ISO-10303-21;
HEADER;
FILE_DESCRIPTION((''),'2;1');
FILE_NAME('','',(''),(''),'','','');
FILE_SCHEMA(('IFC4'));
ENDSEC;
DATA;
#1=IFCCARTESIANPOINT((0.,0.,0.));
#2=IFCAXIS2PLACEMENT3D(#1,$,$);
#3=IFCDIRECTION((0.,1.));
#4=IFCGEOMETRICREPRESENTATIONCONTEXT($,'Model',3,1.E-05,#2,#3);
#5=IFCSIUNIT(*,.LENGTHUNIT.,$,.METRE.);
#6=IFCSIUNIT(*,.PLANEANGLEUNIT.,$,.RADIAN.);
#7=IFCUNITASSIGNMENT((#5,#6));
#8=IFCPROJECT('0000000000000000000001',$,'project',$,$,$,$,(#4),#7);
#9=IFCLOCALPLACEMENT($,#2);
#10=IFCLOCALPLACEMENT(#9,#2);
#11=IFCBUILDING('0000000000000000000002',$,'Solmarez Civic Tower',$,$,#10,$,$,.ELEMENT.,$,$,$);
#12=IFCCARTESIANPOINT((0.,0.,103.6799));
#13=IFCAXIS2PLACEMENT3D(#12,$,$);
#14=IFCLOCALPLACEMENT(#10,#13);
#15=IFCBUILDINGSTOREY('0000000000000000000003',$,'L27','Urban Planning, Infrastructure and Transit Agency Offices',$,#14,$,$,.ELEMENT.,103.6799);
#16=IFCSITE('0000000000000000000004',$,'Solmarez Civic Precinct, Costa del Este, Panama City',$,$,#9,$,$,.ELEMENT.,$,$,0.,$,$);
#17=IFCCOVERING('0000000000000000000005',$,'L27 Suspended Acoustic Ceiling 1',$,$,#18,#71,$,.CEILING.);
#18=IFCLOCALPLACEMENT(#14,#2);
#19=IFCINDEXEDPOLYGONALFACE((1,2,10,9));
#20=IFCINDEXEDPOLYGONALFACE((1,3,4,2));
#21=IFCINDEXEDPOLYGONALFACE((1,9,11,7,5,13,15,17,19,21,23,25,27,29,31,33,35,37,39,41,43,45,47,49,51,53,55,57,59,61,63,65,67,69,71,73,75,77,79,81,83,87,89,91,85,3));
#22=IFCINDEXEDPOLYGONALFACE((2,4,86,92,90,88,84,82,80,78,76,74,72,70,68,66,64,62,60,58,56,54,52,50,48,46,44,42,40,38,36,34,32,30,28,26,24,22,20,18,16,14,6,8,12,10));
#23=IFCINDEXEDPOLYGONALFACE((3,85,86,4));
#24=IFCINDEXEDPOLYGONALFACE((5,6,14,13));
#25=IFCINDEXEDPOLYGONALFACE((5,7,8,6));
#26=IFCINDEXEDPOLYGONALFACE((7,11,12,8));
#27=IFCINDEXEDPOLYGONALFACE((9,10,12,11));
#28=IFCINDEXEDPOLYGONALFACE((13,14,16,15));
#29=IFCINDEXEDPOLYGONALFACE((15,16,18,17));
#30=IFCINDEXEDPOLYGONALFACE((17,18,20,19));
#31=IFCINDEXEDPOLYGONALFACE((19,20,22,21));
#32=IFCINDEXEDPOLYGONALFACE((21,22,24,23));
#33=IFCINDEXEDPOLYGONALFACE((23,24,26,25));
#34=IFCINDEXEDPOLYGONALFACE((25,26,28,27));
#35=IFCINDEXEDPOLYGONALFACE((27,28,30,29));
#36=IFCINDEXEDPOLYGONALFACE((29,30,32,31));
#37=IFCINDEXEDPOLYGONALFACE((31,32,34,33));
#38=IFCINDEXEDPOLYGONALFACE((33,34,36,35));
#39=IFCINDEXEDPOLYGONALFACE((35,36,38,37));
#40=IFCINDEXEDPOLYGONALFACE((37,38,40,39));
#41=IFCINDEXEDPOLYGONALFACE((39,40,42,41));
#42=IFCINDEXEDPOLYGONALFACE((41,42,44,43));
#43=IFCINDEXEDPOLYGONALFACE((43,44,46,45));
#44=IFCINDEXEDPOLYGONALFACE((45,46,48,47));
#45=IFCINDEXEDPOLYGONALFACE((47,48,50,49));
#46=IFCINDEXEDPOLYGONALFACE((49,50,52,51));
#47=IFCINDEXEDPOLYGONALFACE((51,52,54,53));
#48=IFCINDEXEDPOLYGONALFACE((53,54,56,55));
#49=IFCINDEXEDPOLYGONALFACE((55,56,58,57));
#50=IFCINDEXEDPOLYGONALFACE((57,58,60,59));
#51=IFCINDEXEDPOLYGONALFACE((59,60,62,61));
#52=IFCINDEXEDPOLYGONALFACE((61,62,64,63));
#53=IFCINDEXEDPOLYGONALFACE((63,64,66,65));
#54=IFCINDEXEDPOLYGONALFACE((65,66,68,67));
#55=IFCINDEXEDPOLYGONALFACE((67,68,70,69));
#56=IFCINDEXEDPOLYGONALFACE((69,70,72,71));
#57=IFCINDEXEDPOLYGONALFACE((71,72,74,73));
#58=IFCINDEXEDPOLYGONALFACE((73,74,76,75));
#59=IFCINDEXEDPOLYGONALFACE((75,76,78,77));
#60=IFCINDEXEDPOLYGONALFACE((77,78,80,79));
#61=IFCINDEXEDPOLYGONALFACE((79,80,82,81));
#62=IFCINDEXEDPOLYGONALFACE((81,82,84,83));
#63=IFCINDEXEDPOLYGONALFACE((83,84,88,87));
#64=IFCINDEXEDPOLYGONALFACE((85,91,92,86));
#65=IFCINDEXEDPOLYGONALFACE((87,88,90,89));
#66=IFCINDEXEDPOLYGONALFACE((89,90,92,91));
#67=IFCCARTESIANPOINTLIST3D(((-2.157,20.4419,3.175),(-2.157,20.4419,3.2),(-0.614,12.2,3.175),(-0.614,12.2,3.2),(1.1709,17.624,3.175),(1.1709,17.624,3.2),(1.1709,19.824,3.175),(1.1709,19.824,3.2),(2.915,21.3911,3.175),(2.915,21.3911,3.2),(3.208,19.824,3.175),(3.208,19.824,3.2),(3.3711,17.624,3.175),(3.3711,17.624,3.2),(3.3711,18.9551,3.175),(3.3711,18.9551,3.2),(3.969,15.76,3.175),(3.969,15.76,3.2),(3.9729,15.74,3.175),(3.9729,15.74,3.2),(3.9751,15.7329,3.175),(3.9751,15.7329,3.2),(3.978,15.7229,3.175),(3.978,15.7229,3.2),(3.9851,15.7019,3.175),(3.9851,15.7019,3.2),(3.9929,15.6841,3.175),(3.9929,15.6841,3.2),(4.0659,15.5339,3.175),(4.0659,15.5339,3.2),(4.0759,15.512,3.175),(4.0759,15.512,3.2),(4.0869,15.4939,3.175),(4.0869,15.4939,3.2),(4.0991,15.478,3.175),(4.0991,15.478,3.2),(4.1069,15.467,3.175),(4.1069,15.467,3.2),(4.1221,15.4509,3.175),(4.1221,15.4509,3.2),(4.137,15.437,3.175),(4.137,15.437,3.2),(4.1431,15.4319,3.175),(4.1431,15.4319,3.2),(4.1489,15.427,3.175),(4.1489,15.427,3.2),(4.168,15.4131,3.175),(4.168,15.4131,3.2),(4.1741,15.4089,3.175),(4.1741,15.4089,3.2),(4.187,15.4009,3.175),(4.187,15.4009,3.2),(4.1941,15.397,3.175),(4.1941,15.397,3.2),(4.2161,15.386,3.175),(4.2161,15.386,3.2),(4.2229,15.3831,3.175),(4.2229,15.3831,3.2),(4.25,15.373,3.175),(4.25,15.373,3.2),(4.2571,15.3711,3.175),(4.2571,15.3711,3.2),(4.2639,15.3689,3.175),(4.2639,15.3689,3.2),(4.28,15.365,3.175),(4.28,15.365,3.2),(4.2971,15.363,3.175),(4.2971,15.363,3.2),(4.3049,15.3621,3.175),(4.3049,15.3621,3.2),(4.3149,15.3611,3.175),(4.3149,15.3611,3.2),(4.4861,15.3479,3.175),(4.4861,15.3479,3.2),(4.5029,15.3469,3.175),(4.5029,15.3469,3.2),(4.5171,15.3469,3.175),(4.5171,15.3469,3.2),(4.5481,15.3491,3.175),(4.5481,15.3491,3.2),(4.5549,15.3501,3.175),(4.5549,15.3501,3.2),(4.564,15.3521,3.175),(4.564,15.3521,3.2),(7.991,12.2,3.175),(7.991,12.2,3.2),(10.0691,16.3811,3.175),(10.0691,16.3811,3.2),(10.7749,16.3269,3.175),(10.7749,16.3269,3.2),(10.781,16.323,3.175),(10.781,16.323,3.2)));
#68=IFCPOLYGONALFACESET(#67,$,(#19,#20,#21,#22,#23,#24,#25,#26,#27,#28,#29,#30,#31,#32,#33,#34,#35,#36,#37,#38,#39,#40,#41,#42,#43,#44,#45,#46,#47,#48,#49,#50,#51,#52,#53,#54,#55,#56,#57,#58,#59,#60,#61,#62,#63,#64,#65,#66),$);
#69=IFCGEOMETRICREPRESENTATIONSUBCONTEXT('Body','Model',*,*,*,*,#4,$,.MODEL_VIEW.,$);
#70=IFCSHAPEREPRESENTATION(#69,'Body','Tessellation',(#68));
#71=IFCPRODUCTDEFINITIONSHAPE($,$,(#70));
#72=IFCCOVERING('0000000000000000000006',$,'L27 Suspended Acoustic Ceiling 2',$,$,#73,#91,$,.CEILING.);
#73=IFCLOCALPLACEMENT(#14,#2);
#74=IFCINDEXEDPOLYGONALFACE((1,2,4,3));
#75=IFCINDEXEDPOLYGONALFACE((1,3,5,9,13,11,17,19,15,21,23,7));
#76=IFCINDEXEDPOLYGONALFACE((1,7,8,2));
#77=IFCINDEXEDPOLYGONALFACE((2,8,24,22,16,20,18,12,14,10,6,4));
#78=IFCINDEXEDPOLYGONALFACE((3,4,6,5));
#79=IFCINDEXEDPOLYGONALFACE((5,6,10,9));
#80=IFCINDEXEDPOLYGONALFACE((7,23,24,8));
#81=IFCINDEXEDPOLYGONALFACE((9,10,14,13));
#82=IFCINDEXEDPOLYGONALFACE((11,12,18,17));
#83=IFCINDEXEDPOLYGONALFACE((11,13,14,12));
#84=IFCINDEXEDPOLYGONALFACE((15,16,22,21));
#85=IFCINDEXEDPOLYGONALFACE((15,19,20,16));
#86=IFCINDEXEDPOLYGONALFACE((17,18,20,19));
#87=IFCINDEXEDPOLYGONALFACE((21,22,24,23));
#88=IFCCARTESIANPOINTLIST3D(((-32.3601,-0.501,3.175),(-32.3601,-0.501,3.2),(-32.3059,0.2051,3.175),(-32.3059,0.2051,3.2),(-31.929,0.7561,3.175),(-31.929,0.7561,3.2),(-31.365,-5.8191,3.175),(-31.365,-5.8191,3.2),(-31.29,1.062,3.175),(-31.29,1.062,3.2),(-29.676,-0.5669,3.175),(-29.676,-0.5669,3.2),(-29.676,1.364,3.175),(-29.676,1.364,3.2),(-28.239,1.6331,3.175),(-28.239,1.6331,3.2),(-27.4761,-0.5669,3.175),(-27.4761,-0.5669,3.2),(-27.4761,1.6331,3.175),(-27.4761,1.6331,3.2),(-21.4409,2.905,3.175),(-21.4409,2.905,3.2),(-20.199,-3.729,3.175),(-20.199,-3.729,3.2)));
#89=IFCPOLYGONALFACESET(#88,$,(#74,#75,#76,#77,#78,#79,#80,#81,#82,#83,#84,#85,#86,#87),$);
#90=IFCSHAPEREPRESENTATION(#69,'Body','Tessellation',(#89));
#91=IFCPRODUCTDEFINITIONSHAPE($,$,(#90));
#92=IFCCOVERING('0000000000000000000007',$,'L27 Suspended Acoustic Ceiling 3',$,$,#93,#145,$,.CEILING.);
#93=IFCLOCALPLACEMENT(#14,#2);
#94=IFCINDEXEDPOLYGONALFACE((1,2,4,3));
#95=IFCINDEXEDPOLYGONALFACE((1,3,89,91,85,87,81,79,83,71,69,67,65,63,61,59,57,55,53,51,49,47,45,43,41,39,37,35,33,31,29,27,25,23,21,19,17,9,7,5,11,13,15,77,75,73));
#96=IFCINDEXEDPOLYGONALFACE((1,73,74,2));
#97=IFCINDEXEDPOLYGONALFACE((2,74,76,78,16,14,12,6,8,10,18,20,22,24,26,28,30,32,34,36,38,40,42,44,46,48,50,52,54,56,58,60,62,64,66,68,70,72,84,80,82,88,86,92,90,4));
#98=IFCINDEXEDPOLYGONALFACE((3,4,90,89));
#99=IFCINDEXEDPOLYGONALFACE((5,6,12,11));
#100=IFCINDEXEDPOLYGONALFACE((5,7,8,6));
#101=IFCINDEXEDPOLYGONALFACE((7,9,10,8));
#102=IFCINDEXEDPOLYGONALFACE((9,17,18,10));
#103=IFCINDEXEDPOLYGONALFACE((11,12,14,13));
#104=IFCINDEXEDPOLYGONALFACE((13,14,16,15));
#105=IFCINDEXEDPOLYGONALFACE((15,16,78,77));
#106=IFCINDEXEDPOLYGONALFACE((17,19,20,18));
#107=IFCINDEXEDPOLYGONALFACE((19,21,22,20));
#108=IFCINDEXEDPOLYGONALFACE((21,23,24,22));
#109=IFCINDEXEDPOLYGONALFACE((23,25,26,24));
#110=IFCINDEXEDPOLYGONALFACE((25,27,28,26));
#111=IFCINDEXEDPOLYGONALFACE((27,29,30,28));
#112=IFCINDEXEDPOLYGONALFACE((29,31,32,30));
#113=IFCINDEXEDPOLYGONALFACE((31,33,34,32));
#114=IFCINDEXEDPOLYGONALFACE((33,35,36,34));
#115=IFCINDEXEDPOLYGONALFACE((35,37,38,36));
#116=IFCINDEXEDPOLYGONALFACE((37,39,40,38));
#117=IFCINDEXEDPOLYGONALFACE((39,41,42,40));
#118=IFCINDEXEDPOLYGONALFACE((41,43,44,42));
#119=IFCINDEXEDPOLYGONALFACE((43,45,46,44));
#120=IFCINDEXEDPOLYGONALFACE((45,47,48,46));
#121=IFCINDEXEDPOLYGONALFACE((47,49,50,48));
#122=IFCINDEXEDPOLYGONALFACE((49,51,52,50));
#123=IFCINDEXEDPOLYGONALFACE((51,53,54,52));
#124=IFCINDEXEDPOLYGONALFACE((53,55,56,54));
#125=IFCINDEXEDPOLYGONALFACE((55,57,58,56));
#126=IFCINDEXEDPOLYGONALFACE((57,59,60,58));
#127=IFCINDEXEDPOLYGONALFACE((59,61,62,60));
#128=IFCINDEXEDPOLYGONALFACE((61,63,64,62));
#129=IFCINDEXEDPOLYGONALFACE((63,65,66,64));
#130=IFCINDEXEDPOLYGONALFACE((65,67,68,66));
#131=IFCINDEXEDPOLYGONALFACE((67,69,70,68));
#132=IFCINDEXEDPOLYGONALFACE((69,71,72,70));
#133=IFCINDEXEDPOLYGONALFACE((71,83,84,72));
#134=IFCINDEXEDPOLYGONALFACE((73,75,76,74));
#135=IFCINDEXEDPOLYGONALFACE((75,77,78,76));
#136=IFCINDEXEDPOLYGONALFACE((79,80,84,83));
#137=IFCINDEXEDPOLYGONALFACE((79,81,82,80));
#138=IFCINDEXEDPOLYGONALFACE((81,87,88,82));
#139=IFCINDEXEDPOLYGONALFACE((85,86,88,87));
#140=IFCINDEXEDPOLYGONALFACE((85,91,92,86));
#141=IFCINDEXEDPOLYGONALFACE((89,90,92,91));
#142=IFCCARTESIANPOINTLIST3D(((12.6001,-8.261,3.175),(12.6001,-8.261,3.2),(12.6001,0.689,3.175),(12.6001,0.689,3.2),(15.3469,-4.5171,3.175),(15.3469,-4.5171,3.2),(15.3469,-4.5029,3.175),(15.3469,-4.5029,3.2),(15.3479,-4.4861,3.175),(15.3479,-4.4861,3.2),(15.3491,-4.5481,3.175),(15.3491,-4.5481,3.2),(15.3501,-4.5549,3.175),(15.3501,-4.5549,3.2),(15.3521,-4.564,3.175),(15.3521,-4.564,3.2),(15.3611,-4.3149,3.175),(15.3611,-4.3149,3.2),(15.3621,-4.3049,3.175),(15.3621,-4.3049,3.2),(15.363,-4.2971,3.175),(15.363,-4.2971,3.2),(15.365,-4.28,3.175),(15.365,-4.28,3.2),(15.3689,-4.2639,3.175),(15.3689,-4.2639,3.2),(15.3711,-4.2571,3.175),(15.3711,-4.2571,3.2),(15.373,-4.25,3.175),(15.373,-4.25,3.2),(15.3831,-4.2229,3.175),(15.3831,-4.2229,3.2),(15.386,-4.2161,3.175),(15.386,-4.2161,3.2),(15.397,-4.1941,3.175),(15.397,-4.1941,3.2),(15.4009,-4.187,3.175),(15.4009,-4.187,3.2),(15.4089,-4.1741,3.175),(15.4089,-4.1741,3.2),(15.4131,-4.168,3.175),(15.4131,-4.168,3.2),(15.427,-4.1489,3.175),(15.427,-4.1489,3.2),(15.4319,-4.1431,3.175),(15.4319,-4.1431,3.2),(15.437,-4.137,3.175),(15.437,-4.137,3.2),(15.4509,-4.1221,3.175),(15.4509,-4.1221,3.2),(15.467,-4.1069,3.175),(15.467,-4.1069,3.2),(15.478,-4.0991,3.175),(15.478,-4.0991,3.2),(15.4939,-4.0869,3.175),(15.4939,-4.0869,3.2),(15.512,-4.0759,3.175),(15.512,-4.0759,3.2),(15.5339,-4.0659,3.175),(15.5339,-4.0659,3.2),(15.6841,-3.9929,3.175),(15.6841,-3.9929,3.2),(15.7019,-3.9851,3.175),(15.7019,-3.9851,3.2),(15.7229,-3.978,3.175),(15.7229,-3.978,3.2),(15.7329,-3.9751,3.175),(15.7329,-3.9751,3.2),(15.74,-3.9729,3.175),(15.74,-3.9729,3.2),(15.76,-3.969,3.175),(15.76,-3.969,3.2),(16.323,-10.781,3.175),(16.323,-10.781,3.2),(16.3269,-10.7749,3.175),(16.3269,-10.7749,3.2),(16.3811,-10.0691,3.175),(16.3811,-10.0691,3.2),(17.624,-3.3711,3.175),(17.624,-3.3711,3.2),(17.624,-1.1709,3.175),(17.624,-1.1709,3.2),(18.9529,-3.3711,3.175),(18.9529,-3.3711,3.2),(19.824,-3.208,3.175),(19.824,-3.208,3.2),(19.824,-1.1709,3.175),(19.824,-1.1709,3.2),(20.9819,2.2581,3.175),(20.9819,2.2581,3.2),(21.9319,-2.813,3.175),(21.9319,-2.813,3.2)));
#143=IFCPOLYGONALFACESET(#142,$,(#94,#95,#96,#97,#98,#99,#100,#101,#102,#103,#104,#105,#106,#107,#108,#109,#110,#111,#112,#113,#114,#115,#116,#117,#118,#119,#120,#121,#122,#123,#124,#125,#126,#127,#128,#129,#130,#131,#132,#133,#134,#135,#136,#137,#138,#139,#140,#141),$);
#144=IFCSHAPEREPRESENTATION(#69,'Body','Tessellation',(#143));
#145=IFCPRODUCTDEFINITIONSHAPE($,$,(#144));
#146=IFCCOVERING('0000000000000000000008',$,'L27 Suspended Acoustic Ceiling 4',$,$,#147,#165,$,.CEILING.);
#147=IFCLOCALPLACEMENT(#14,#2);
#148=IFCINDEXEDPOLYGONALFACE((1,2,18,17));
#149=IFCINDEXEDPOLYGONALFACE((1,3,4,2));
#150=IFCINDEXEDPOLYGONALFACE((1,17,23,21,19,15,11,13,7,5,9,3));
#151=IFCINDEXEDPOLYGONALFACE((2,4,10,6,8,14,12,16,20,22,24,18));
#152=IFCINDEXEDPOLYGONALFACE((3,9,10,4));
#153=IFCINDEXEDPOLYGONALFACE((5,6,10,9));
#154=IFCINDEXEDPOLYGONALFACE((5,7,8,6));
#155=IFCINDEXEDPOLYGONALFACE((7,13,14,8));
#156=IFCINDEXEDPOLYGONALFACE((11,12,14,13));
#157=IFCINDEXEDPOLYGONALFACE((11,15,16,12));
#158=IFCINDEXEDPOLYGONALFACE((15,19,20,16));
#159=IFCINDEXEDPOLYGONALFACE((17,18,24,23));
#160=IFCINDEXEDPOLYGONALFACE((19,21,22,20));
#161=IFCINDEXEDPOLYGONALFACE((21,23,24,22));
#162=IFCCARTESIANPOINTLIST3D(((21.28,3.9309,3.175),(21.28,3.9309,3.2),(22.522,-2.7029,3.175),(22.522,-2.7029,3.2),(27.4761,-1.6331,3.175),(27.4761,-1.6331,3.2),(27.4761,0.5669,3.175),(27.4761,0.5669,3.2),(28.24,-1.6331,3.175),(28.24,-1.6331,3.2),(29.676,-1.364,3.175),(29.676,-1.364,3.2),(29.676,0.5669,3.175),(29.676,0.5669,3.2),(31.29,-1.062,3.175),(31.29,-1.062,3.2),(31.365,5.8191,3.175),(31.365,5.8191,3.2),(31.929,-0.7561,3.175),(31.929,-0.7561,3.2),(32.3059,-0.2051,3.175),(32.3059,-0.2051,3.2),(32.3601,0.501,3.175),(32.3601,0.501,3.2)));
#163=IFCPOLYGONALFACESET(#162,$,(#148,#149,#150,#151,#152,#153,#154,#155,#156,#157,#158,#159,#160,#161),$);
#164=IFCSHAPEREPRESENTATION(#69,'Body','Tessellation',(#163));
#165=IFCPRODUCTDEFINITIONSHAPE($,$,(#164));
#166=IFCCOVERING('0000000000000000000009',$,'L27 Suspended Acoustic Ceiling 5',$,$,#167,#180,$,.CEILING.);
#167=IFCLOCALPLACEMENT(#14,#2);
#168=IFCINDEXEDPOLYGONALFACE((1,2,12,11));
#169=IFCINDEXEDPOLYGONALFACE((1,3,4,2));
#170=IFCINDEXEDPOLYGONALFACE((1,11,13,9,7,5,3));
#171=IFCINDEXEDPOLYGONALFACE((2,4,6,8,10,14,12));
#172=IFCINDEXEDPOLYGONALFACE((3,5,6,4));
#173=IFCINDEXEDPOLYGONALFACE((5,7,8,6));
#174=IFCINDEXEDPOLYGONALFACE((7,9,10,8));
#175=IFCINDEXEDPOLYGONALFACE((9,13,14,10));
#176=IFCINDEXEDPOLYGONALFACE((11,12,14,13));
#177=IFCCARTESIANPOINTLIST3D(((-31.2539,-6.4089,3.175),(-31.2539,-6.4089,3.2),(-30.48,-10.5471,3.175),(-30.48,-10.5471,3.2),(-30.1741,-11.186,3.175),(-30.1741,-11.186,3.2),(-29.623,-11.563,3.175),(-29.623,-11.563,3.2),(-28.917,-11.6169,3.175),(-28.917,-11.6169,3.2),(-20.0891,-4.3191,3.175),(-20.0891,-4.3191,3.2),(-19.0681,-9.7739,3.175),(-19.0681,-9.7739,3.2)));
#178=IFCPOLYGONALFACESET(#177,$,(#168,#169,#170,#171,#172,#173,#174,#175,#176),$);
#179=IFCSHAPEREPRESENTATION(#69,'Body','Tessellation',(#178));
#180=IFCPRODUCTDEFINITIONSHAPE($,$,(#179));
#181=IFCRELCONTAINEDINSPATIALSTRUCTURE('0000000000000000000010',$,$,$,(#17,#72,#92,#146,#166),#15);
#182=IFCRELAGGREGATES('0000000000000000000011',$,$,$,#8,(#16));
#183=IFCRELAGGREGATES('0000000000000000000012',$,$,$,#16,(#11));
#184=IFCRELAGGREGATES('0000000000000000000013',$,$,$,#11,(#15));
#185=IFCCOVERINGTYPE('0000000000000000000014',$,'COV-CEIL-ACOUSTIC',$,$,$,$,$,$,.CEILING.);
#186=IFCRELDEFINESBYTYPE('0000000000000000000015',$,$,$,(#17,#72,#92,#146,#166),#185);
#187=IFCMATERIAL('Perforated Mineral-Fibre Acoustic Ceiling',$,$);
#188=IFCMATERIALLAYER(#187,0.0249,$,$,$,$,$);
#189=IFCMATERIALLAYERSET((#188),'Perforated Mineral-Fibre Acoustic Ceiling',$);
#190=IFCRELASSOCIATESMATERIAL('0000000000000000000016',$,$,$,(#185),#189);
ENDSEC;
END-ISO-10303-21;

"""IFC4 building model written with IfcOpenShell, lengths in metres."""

from ifc_helpers import new_model, si_unit, direction, frame, origin, place, context, subcontext, project, spatial, polyline, outline, extrude, material, layer, layer_set, type_object, element, save


model = new_model("IFC4")

# Units and contexts
model_context = context("Model", 3, precision=1e-05, world=origin(), true_north=direction((0.0, 1.0)))
body_context = subcontext(model_context, "Body", "Model", "MODEL_VIEW")
ifc_project = project(units=[si_unit("LENGTHUNIT", "METRE"), si_unit("PLANEANGLEUNIT", "RADIAN")], contexts=[model_context])

# Site, building, storey
site_placement = place(None, origin())
site = spatial("IfcSite", under=ifc_project, at=site_placement, Name="Solmarez Civic Precinct, Costa del Este, Panama City", CompositionType="ELEMENT", RefElevation=0.0)
building_placement = place(site_placement, origin())
building = spatial("IfcBuilding", under=site, at=building_placement, Name="Solmarez Civic Tower", CompositionType="ELEMENT")
storey_placement = place(building_placement, frame((0.0, 0.0, 103.6799)))
storey = spatial("IfcBuildingStorey", under=building, at=storey_placement, Name="L27", Description="Urban Planning, Infrastructure and Transit Agency Offices", CompositionType="ELEMENT", Elevation=103.6799)

# Coverings
ifc_material_1 = material(Name="Perforated Mineral-Fibre Acoustic Ceiling")
ifc_layer_1 = layer(ifc_material_1, 0.0249)
ifc_layer_set_1 = layer_set([ifc_layer_1], Name="Perforated Mineral-Fibre Acoustic Ceiling")
covering_type_1 = type_object("IfcCoveringType", Name="COV-CEIL-ACOUSTIC", PredefinedType="CEILING", material=ifc_layer_set_1)
covering_1_placement = place(storey_placement, frame((0.0, 0.0, 3.175)))
element("IfcCovering", 1, at=covering_1_placement, inside=storey, type_object=covering_type_1, Name="L27 Suspended Acoustic Ceiling 1", PredefinedType="CEILING", context=body_context, shape_type="SweptSolid", body=[
    extrude(outline(polyline([(-0.614, 12.2), (7.991, 12.2), (10.781, 16.323), (10.7749, 16.3269), (10.0691, 16.3811), (4.564, 15.3521), (4.5549, 15.3501), (4.5481, 15.3491), (4.5171, 15.3469), (4.5029, 15.3469), (4.4861, 15.3479), (4.3149, 15.3611), (4.3049, 15.3621), (4.2971, 15.363), (4.28, 15.365), (4.2639, 15.3689), (4.2571, 15.3711), (4.25, 15.373), (4.2229, 15.3831), (4.2161, 15.386), (4.1941, 15.397), (4.187, 15.4009), (4.1741, 15.4089), (4.168, 15.4131), (4.1489, 15.427), (4.1431, 15.4319), (4.137, 15.437), (4.1221, 15.4509), (4.1069, 15.467), (4.0991, 15.478), (4.0869, 15.4939), (4.0759, 15.512), (4.0659, 15.5339), (3.9929, 15.6841), (3.9851, 15.7019), (3.978, 15.7229), (3.9751, 15.7329), (3.9729, 15.74), (3.969, 15.76), (3.3711, 18.9551), (3.3711, 17.624), (1.1709, 17.624), (1.1709, 19.824), (3.208, 19.824), (2.915, 21.3911), (-2.157, 20.4419), (-0.614, 12.2)])), origin(), (0.0, 0.0, 1.0), 0.0249),
])
covering_2_placement = place(storey_placement, frame((0.0, 0.0, 3.175)))
element("IfcCovering", 2, at=covering_2_placement, inside=storey, type_object=covering_type_1, Name="L27 Suspended Acoustic Ceiling 2", PredefinedType="CEILING", context=body_context, shape_type="SweptSolid", body=[
    extrude(outline(polyline([(-21.4409, 2.905), (-28.239, 1.6331), (-27.4761, 1.6331), (-27.4761, -0.5669), (-29.676, -0.5669), (-29.676, 1.364), (-31.29, 1.062), (-31.929, 0.7561), (-32.3059, 0.2051), (-32.3601, -0.501), (-31.365, -5.8191), (-20.199, -3.729), (-21.4409, 2.905)])), origin(), (0.0, 0.0, 1.0), 0.0249),
])
covering_3_placement = place(storey_placement, frame((0.0, 0.0, 3.175)))
element("IfcCovering", 3, at=covering_3_placement, inside=storey, type_object=covering_type_1, Name="L27 Suspended Acoustic Ceiling 3", PredefinedType="CEILING", context=body_context, shape_type="SweptSolid", body=[
    extrude(outline(polyline([(12.6001, 0.689), (12.6001, -8.261), (16.323, -10.781), (16.3269, -10.7749), (16.3811, -10.0691), (15.3521, -4.564), (15.3501, -4.5549), (15.3491, -4.5481), (15.3469, -4.5171), (15.3469, -4.5029), (15.3479, -4.4861), (15.3611, -4.3149), (15.3621, -4.3049), (15.363, -4.2971), (15.365, -4.28), (15.3689, -4.2639), (15.3711, -4.2571), (15.373, -4.25), (15.3831, -4.2229), (15.386, -4.2161), (15.397, -4.1941), (15.4009, -4.187), (15.4089, -4.1741), (15.4131, -4.168), (15.427, -4.1489), (15.4319, -4.1431), (15.437, -4.137), (15.4509, -4.1221), (15.467, -4.1069), (15.478, -4.0991), (15.4939, -4.0869), (15.512, -4.0759), (15.5339, -4.0659), (15.6841, -3.9929), (15.7019, -3.9851), (15.7229, -3.978), (15.7329, -3.9751), (15.74, -3.9729), (15.76, -3.969), (18.9529, -3.3711), (17.624, -3.3711), (17.624, -1.1709), (19.824, -1.1709), (19.824, -3.208), (21.9319, -2.813), (20.9819, 2.2581), (12.6001, 0.689)])), origin(), (0.0, 0.0, 1.0), 0.0249),
])
covering_4_placement = place(storey_placement, frame((0.0, 0.0, 3.175)))
element("IfcCovering", 4, at=covering_4_placement, inside=storey, type_object=covering_type_1, Name="L27 Suspended Acoustic Ceiling 4", PredefinedType="CEILING", context=body_context, shape_type="SweptSolid", body=[
    extrude(outline(polyline([(22.522, -2.7029), (28.24, -1.6331), (27.4761, -1.6331), (27.4761, 0.5669), (29.676, 0.5669), (29.676, -1.364), (31.29, -1.062), (31.929, -0.7561), (32.3059, -0.2051), (32.3601, 0.501), (31.365, 5.8191), (21.28, 3.9309), (22.522, -2.7029)])), origin(), (0.0, 0.0, 1.0), 0.0249),
])
covering_5_placement = place(storey_placement, frame((0.0, 0.0, 3.175)))
element("IfcCovering", 5, at=covering_5_placement, inside=storey, type_object=covering_type_1, Name="L27 Suspended Acoustic Ceiling 5", PredefinedType="CEILING", context=body_context, shape_type="SweptSolid", body=[
    extrude(outline(polyline([(-31.2539, -6.4089), (-30.48, -10.5471), (-30.1741, -11.186), (-29.623, -11.563), (-28.917, -11.6169), (-19.0681, -9.7739), (-20.0891, -4.3191), (-31.2539, -6.4089)])), origin(), (0.0, 0.0, 1.0), 0.0249),
])

save(model, "model.ifc")
